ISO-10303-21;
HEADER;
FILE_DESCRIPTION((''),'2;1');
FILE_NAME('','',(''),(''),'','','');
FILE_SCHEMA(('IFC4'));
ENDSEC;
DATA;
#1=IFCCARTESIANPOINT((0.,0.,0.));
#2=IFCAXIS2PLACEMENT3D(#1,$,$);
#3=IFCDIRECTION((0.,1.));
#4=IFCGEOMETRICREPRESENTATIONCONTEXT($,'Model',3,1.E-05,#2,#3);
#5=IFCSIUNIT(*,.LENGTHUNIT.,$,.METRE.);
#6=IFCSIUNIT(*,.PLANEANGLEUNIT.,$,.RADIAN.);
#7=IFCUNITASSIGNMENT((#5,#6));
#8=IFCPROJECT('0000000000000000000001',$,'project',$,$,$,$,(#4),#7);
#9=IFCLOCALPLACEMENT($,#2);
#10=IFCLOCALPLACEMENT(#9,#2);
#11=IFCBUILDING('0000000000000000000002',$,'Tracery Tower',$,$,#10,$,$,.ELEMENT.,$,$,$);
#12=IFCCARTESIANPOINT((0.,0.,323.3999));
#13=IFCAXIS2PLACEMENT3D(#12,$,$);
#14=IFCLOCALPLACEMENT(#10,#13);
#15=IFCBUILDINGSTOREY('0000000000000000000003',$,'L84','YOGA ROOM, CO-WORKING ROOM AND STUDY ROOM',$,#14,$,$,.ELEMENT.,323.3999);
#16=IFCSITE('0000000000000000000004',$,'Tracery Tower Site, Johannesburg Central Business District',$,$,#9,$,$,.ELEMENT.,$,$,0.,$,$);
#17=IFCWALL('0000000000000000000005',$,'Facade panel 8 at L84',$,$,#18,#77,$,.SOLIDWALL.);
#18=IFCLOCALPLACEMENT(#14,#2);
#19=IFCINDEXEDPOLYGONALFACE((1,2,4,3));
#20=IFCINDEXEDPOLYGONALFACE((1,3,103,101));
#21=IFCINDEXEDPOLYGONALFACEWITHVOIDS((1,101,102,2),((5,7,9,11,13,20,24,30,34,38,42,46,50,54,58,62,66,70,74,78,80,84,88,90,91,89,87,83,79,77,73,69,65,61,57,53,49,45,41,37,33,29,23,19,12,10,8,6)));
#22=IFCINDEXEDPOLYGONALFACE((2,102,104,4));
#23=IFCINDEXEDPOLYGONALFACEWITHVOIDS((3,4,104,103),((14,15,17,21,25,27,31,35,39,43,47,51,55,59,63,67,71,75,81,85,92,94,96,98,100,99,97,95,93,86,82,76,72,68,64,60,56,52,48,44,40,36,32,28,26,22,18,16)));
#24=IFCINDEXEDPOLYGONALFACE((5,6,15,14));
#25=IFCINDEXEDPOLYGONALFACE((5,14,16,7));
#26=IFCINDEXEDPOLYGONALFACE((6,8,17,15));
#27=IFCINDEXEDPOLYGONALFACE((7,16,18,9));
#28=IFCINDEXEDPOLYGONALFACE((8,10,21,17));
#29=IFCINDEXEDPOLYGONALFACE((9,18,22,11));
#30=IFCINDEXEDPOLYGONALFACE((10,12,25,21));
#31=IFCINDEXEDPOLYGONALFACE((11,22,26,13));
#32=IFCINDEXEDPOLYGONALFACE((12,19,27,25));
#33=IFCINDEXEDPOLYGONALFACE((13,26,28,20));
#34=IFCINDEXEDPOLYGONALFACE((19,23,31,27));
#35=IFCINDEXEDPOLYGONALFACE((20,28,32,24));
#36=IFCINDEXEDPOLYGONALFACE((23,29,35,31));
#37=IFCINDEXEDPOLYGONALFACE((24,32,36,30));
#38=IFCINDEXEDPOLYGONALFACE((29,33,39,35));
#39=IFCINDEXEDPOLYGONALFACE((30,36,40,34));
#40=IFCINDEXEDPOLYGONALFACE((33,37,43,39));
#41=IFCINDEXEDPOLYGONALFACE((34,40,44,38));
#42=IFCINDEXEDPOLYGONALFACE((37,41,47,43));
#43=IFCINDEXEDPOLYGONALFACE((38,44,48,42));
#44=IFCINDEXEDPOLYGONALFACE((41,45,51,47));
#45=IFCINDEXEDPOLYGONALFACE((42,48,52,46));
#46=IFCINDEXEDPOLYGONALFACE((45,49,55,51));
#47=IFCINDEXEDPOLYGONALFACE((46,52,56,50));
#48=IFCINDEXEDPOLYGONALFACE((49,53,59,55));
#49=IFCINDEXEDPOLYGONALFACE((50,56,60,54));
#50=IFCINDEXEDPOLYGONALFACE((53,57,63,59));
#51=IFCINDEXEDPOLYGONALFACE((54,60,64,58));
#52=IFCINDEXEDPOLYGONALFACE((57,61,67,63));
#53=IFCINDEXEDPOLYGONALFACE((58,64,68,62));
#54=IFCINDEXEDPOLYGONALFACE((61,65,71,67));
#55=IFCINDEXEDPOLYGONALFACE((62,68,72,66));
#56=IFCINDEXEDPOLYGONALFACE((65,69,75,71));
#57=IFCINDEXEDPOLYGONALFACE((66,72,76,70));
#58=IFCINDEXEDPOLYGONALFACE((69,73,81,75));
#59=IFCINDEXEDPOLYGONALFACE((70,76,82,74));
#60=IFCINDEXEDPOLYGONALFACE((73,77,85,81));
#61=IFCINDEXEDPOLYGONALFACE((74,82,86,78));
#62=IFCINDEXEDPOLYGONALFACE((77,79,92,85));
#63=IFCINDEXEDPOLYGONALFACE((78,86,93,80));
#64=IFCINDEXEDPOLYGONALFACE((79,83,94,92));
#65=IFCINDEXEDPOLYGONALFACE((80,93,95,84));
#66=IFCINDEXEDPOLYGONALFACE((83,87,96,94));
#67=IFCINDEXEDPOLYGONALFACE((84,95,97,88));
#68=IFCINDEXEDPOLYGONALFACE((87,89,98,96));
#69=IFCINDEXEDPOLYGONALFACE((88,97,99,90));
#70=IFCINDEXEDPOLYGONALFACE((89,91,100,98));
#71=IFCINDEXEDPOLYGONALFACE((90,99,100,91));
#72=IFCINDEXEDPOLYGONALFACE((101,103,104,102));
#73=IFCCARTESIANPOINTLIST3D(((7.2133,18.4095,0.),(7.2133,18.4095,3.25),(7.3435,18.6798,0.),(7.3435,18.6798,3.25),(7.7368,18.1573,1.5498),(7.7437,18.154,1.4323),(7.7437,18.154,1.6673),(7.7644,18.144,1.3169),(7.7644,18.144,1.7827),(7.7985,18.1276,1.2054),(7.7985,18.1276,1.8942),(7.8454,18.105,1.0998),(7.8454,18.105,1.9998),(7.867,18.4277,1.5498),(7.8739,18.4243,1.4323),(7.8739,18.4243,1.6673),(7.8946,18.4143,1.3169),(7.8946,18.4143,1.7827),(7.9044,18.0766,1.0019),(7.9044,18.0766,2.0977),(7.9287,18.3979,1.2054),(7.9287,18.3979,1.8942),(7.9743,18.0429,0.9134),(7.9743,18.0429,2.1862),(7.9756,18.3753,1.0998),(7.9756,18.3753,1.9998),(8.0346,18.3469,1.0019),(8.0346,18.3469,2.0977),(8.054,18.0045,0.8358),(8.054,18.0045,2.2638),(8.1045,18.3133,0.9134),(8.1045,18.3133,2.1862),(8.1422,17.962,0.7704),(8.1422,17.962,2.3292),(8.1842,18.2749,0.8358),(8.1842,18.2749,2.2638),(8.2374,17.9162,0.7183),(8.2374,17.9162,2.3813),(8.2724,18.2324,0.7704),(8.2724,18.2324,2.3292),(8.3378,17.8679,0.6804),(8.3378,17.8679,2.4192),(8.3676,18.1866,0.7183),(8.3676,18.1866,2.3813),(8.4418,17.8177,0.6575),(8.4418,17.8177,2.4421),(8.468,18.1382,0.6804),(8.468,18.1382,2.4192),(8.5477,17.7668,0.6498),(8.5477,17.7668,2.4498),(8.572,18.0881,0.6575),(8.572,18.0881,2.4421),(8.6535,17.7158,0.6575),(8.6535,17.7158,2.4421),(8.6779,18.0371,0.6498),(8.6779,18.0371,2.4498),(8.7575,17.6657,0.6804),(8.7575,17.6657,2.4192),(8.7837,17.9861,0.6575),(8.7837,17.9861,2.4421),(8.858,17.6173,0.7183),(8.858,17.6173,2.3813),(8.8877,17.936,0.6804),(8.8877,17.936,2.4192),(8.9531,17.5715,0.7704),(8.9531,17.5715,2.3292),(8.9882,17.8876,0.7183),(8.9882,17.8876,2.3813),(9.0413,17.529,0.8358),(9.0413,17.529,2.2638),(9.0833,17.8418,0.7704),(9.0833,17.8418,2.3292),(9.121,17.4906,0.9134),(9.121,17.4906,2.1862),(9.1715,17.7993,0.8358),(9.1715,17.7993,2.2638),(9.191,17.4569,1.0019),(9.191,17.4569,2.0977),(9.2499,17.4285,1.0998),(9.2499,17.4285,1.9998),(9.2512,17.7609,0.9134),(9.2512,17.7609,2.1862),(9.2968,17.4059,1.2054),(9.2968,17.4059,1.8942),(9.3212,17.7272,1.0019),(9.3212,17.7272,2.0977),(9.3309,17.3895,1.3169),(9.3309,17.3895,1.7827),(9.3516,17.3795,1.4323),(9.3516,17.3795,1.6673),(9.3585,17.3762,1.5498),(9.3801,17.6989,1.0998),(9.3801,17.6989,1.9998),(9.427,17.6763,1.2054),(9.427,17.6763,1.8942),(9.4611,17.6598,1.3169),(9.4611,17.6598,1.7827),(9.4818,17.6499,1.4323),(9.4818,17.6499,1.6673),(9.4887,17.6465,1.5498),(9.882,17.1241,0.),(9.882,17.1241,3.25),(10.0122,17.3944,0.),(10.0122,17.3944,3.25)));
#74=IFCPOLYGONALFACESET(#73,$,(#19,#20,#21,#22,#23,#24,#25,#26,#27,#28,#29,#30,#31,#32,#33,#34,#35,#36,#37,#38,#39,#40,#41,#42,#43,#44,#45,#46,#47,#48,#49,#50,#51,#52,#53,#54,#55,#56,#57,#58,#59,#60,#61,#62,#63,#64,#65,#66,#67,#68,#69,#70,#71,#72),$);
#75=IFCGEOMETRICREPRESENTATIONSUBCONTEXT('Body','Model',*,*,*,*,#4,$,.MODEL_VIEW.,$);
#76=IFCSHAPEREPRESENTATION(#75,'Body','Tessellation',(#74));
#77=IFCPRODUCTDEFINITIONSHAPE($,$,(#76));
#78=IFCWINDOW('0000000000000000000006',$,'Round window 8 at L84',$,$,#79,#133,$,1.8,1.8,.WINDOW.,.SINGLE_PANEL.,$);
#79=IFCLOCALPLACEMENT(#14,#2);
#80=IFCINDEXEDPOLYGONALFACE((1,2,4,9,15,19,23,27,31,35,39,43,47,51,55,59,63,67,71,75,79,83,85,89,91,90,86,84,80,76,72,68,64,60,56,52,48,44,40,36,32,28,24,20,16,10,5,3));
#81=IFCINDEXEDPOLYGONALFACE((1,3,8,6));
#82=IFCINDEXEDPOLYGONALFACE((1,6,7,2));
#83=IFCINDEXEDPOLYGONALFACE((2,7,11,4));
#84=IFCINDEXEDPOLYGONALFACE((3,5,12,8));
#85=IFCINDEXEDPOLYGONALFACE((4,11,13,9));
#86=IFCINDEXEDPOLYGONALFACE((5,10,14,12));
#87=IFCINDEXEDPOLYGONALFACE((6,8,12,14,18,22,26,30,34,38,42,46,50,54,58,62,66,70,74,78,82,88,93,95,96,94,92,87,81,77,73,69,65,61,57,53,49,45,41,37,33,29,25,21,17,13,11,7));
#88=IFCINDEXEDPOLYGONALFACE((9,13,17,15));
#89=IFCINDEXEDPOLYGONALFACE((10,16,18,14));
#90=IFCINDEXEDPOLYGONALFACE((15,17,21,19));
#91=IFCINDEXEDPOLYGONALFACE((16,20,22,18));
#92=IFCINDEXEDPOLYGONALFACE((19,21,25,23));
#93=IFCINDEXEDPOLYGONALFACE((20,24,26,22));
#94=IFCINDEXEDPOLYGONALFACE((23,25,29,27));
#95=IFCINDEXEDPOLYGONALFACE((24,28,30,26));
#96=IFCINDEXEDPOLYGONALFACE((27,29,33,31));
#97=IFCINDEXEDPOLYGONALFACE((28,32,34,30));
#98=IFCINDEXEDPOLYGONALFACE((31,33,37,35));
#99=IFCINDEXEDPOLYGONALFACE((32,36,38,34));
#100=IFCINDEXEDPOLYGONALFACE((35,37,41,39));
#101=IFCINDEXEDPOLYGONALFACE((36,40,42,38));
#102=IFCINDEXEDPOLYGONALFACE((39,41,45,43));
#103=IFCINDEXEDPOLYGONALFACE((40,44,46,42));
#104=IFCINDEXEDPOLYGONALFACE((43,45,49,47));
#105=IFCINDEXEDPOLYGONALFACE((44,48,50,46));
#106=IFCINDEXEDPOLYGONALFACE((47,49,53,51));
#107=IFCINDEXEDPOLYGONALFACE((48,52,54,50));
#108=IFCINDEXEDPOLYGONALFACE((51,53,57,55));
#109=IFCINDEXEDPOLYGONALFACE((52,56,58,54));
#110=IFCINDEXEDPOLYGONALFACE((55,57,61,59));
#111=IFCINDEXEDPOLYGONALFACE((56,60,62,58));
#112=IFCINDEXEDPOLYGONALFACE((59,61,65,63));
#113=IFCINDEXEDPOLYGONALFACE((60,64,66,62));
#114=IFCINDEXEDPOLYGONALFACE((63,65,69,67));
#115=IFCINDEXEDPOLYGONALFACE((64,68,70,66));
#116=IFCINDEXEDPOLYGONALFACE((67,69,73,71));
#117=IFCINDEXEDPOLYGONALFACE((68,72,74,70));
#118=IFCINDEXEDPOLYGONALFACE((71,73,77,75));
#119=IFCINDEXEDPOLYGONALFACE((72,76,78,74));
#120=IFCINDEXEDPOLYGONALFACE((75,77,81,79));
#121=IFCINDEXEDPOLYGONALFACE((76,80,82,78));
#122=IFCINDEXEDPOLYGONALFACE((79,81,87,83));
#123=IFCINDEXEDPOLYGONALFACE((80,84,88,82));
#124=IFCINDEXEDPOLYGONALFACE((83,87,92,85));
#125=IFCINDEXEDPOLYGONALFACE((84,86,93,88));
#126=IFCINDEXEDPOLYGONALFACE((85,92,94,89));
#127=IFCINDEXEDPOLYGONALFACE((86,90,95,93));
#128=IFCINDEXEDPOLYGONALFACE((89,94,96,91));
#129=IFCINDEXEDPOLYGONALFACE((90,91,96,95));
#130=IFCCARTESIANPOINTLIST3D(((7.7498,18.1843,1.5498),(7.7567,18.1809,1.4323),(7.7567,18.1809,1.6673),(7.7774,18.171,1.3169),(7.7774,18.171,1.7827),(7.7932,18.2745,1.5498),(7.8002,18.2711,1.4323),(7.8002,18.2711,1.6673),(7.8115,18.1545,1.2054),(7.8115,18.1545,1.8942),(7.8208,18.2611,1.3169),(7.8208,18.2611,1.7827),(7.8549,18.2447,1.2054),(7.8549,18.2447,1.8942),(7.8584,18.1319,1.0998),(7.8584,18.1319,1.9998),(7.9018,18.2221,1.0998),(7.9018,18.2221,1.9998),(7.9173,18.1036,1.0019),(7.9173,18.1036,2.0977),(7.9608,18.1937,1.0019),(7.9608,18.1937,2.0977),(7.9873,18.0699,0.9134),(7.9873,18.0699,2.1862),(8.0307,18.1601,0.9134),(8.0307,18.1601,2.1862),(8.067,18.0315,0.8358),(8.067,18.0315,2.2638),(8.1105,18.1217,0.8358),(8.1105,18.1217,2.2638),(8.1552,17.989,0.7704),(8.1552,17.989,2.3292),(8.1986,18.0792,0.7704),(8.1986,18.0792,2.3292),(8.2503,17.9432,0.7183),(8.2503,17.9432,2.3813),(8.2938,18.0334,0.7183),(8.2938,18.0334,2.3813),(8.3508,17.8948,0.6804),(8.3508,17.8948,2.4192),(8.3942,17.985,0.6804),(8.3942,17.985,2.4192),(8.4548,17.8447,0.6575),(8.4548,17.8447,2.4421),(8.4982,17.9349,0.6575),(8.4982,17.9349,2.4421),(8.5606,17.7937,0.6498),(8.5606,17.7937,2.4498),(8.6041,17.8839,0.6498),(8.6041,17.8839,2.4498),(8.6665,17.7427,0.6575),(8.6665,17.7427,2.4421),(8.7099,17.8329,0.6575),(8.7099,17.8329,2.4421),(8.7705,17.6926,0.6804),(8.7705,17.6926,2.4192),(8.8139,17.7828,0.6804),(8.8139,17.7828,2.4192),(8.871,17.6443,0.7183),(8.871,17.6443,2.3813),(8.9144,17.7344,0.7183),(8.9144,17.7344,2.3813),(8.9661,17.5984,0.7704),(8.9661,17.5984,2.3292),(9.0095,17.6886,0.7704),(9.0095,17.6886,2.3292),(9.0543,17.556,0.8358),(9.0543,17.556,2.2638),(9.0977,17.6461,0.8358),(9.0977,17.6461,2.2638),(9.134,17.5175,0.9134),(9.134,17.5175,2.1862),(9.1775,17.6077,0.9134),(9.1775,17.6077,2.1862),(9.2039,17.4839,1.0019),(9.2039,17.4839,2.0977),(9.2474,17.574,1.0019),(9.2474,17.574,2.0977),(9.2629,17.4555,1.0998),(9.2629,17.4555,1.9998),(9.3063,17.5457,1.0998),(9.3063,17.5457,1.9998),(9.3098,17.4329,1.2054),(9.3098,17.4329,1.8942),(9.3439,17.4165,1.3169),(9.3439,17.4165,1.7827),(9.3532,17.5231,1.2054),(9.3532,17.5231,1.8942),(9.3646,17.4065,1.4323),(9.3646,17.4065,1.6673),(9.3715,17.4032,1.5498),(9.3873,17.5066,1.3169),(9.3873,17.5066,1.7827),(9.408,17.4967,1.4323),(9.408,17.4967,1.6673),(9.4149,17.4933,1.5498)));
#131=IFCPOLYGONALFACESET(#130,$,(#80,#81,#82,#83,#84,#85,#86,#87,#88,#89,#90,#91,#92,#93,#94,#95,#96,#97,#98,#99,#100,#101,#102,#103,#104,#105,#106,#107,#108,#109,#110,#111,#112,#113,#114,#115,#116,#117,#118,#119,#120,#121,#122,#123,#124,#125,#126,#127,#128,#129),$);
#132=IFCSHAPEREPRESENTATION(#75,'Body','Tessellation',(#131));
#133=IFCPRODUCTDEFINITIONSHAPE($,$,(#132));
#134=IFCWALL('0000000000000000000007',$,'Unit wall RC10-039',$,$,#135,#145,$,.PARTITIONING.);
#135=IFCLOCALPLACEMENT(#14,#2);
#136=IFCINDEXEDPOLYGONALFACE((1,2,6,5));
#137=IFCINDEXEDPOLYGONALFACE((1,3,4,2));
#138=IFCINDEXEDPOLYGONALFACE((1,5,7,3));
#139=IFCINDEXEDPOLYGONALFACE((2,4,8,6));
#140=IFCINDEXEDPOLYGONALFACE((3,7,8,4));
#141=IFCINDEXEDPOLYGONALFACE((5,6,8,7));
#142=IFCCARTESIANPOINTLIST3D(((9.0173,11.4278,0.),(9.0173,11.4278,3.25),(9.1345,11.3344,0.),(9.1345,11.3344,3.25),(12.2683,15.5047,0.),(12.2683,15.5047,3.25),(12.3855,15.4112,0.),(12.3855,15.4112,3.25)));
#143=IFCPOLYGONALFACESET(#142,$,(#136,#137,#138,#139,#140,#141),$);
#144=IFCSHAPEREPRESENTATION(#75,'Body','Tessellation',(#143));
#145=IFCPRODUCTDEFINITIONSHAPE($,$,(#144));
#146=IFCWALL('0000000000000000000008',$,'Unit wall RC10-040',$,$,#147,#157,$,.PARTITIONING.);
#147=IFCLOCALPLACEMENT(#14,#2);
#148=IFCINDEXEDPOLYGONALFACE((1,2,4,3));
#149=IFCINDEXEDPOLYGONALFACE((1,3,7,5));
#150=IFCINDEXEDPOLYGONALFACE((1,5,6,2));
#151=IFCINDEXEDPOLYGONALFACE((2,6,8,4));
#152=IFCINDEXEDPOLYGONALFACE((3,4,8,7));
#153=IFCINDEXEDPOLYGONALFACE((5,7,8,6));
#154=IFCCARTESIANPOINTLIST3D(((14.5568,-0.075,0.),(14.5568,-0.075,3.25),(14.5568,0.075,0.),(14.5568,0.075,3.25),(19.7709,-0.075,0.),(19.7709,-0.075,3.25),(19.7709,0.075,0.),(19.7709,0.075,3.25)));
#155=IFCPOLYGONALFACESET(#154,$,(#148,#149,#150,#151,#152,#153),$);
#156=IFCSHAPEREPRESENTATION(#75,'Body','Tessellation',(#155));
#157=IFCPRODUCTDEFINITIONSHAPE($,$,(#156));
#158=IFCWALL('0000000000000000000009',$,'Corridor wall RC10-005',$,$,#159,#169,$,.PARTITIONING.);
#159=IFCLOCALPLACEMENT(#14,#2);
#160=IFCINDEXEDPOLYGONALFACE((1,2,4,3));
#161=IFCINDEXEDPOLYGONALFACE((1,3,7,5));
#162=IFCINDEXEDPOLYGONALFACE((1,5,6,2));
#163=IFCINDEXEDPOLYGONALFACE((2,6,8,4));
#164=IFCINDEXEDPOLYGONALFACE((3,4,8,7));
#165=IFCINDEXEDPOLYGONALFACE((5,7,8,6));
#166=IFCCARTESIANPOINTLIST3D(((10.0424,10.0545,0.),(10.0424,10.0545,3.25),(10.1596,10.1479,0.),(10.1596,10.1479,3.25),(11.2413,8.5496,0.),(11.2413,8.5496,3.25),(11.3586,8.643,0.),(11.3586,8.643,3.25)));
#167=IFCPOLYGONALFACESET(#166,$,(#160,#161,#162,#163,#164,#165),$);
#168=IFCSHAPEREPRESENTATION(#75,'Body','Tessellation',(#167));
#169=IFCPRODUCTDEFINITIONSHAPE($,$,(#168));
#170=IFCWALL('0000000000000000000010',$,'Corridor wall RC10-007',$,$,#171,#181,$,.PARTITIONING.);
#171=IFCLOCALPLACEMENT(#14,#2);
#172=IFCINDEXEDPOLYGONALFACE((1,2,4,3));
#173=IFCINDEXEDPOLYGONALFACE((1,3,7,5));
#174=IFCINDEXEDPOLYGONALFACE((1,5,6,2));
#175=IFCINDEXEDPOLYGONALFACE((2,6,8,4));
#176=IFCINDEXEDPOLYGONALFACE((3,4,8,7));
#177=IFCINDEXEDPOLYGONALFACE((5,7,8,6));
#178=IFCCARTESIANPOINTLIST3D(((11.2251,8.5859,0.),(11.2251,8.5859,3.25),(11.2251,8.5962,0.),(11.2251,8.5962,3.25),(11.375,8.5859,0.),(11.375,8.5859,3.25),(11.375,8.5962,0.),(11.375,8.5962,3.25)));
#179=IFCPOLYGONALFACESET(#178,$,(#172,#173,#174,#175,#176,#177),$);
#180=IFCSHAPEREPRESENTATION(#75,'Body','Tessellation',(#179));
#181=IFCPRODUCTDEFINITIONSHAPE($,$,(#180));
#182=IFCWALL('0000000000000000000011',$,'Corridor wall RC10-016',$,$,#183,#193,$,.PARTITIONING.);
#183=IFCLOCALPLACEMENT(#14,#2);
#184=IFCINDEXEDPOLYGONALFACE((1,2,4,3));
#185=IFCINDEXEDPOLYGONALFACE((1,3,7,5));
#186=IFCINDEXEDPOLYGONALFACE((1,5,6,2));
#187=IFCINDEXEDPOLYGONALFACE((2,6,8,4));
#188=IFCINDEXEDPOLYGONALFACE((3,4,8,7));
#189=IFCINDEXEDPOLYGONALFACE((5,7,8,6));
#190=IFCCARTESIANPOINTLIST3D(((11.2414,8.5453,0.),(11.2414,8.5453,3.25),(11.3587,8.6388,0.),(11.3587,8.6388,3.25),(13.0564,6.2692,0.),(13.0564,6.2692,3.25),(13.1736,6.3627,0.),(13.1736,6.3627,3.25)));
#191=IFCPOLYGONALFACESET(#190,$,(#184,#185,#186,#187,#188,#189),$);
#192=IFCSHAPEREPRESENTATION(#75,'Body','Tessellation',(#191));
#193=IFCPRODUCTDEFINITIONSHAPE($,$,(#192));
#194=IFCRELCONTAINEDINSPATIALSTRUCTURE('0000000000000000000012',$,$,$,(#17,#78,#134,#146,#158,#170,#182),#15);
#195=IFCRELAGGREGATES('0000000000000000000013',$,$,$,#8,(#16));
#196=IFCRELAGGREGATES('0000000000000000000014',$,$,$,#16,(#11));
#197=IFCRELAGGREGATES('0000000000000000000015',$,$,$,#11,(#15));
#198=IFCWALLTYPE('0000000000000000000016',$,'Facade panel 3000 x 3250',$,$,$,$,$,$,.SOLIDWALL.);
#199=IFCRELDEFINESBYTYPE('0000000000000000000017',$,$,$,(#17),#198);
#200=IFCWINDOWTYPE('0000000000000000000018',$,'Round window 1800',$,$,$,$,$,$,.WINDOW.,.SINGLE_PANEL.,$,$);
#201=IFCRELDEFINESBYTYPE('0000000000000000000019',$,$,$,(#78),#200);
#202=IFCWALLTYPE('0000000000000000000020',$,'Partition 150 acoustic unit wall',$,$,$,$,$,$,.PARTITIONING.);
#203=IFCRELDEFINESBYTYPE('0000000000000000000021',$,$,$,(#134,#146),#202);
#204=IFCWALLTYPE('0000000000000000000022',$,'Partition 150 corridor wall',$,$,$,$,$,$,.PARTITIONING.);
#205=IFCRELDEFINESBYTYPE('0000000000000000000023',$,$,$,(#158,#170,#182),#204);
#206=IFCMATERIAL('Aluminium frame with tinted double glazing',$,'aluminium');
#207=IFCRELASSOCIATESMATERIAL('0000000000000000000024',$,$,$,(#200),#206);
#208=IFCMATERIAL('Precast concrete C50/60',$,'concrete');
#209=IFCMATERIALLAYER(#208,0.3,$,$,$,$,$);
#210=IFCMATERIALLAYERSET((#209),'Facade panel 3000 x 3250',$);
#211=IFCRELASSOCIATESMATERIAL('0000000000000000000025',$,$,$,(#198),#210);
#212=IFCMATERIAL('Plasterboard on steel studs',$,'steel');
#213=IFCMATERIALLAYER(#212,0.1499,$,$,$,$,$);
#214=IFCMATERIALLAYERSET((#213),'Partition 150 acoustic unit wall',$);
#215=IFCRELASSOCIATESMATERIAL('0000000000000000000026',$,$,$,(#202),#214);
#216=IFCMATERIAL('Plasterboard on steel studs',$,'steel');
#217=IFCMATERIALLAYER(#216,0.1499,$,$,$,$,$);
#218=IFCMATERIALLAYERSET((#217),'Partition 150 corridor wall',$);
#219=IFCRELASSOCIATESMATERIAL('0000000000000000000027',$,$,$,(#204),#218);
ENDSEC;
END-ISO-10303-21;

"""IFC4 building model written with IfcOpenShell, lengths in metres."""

from ifc_helpers import new_model, si_unit, direction, frame, frame_2d, origin, origin_2d, place, context, subcontext, project, spatial, rectangle, circle, extrude, material, layer, layer_set, type_object, element, fill, save


model = new_model("IFC4")

# Units and contexts
model_context = context("Model", 3, precision=1e-05, world=origin(), true_north=direction((0.0, 1.0)))
body_context = subcontext(model_context, "Body", "Model", "MODEL_VIEW")
ifc_project = project(units=[si_unit("LENGTHUNIT", "METRE"), si_unit("PLANEANGLEUNIT", "RADIAN")], contexts=[model_context])

# Site, building, storey
site_placement = place(None, origin())
site = spatial("IfcSite", under=ifc_project, at=site_placement, Name="Tracery Tower Site, Johannesburg Central Business District", CompositionType="ELEMENT", RefElevation=0.0)
building_placement = place(site_placement, origin())
building = spatial("IfcBuilding", under=site, at=building_placement, Name="Tracery Tower", CompositionType="ELEMENT")
storey_placement = place(building_placement, frame((0.0, 0.0, 323.3999)))
storey = spatial("IfcBuildingStorey", under=building, at=storey_placement, Name="L84", Description="YOGA ROOM, CO-WORKING ROOM AND STUDY ROOM", CompositionType="ELEMENT", Elevation=323.3999)

# Wall, opening, window
ifc_material_1 = material(Name="Aluminium frame with tinted double glazing", Category="aluminium")
window_type = type_object("IfcWindowType", Name="Round window 1800", PartitioningType="SINGLE_PANEL", PredefinedType="WINDOW", material=ifc_material_1)
ifc_material_2 = material(Name="Precast concrete C50/60", Category="concrete")
ifc_layer_1 = layer(ifc_material_2, 0.3)
ifc_layer_set_1 = layer_set([ifc_layer_1], Name="Facade panel 3000 x 3250")
wall_type_1 = type_object("IfcWallType", Name="Facade panel 3000 x 3250", PredefinedType="SOLIDWALL", material=ifc_layer_set_1)
wall_1_placement = place(storey_placement, frame((9.947, 17.2593, 0.0), z_axis=(0.0, 0.0, 1.0), x_axis=(-0.90094, 0.433944, 0.0)))
wall_1 = element("IfcWall", 1, at=wall_1_placement, inside=storey, type_object=wall_type_1, Name="Facade panel 8 at L84", PredefinedType="SOLIDWALL", context=body_context, shape_type="SweptSolid", body=[
    extrude(rectangle(XDim=2.9622, YDim=0.3, at=frame_2d((1.481, 0.0))), origin(), (0.0, 0.0, 1.0), 3.25),
])
opening_1_placement = place(wall_1_placement, frame((1.481, 0.0, 1.5498)))
opening_1 = element("IfcOpeningElement", 2, at=opening_1_placement, cuts=wall_1, PredefinedType="OPENING", context=body_context, shape_type="SweptSolid", body=[
    extrude(circle(Radius=0.9, at=origin_2d()), frame((0.0, 0.1599, 0.0), z_axis=(0.0, -1.0, 0.0), x_axis=(1.0, 0.0, 0.0)), (0.0, 0.0, 1.0), 0.3201),
])
window_1_placement = place(opening_1_placement, origin())
window_1 = element("IfcWindow", 3, at=window_1_placement, inside=storey, type_object=window_type, Name="Round window 8 at L84", OverallHeight=1.8, OverallWidth=1.8, PartitioningType="SINGLE_PANEL", PredefinedType="WINDOW", context=body_context, shape_type="SweptSolid", body=[
    extrude(circle(Radius=0.9, at=origin_2d()), frame((0.0, 0.1201, 0.0), z_axis=(0.0, -1.0, 0.0), x_axis=(1.0, 0.0, 0.0)), (0.0, 0.0, 1.0), 0.1001),
])
fill(opening_1, window_1)

# Walls
ifc_material_3 = material(Name="Plasterboard on steel studs", Category="steel")
ifc_layer_2 = layer(ifc_material_3, 0.1499)
ifc_layer_set_2 = layer_set([ifc_layer_2], Name="Partition 150 acoustic unit wall")
wall_type_2 = type_object("IfcWallType", Name="Partition 150 acoustic unit wall", PredefinedType="PARTITIONING", material=ifc_layer_set_2)
wall_2_placement = place(storey_placement, frame((9.0759, 11.3811, 0.0), z_axis=(0.0, 0.0, 1.0), x_axis=(0.623461, 0.781854, 0.0)))
element("IfcWall", 4, at=wall_2_placement, inside=storey, type_object=wall_type_2, Name="Unit wall RC10-039", PredefinedType="PARTITIONING", context=body_context, shape_type="SweptSolid", body=[
    extrude(rectangle(XDim=5.2144, YDim=0.1499, at=frame_2d((2.6072, 0.0))), origin(), (0.0, 0.0, 1.0), 3.25),
])
wall_3_placement = place(storey_placement, frame((14.5569, 0.0, 0.0), z_axis=(0.0, 0.0, 1.0), x_axis=(1.0, 0.0, 0.0)))
element("IfcWall", 5, at=wall_3_placement, inside=storey, type_object=wall_type_2, Name="Unit wall RC10-040", PredefinedType="PARTITIONING", context=body_context, shape_type="SweptSolid", body=[
    extrude(rectangle(XDim=5.2141, YDim=0.1499, at=frame_2d((2.6069, 0.0))), origin(), (0.0, 0.0, 1.0), 3.25),
])
ifc_material_4 = material(Name="Plasterboard on steel studs", Category="steel")
ifc_layer_3 = layer(ifc_material_4, 0.1499)
ifc_layer_set_3 = layer_set([ifc_layer_3], Name="Partition 150 corridor wall")
wall_type_3 = type_object("IfcWallType", Name="Partition 150 corridor wall", PredefinedType="PARTITIONING", material=ifc_layer_set_3)
wall_4_placement = place(storey_placement, frame((10.1011, 10.1011, 0.0), z_axis=(0.0, 0.0, 1.0), x_axis=(0.623131, -0.782118, 0.0)))
element("IfcWall", 6, at=wall_4_placement, inside=storey, type_object=wall_type_3, Name="Corridor wall RC10-005", PredefinedType="PARTITIONING", context=body_context, shape_type="SweptSolid", body=[
    extrude(rectangle(XDim=1.9241, YDim=0.1499, at=frame_2d((0.9619, 0.0))), origin(), (0.0, 0.0, 1.0), 3.25),
])
wall_5_placement = place(storey_placement, frame((11.3, 8.5859, 0.0), z_axis=(0.0, 0.0, 1.0), x_axis=(0.0, 1.0, 0.0)))
element("IfcWall", 7, at=wall_5_placement, inside=storey, type_object=wall_type_3, Name="Corridor wall RC10-007", PredefinedType="PARTITIONING", context=body_context, shape_type="SweptSolid", body=[
    extrude(rectangle(XDim=0.0103, YDim=0.1499, at=frame_2d((0.0051, 0.0))), origin(), (0.0, 0.0, 1.0), 3.25),
])
wall_6_placement = place(storey_placement, frame((11.3, 8.592, 0.0), z_axis=(0.0, 0.0, 1.0), x_axis=(0.623447, -0.781866, 0.0)))
element("IfcWall", 8, at=wall_6_placement, inside=storey, type_object=wall_type_3, Name="Corridor wall RC10-016", PredefinedType="PARTITIONING", context=body_context, shape_type="SweptSolid", body=[
    extrude(rectangle(XDim=2.9111, YDim=0.1499, at=frame_2d((1.4556, 0.0))), origin(), (0.0, 0.0, 1.0), 3.25),
])

save(model, "model.ifc")
